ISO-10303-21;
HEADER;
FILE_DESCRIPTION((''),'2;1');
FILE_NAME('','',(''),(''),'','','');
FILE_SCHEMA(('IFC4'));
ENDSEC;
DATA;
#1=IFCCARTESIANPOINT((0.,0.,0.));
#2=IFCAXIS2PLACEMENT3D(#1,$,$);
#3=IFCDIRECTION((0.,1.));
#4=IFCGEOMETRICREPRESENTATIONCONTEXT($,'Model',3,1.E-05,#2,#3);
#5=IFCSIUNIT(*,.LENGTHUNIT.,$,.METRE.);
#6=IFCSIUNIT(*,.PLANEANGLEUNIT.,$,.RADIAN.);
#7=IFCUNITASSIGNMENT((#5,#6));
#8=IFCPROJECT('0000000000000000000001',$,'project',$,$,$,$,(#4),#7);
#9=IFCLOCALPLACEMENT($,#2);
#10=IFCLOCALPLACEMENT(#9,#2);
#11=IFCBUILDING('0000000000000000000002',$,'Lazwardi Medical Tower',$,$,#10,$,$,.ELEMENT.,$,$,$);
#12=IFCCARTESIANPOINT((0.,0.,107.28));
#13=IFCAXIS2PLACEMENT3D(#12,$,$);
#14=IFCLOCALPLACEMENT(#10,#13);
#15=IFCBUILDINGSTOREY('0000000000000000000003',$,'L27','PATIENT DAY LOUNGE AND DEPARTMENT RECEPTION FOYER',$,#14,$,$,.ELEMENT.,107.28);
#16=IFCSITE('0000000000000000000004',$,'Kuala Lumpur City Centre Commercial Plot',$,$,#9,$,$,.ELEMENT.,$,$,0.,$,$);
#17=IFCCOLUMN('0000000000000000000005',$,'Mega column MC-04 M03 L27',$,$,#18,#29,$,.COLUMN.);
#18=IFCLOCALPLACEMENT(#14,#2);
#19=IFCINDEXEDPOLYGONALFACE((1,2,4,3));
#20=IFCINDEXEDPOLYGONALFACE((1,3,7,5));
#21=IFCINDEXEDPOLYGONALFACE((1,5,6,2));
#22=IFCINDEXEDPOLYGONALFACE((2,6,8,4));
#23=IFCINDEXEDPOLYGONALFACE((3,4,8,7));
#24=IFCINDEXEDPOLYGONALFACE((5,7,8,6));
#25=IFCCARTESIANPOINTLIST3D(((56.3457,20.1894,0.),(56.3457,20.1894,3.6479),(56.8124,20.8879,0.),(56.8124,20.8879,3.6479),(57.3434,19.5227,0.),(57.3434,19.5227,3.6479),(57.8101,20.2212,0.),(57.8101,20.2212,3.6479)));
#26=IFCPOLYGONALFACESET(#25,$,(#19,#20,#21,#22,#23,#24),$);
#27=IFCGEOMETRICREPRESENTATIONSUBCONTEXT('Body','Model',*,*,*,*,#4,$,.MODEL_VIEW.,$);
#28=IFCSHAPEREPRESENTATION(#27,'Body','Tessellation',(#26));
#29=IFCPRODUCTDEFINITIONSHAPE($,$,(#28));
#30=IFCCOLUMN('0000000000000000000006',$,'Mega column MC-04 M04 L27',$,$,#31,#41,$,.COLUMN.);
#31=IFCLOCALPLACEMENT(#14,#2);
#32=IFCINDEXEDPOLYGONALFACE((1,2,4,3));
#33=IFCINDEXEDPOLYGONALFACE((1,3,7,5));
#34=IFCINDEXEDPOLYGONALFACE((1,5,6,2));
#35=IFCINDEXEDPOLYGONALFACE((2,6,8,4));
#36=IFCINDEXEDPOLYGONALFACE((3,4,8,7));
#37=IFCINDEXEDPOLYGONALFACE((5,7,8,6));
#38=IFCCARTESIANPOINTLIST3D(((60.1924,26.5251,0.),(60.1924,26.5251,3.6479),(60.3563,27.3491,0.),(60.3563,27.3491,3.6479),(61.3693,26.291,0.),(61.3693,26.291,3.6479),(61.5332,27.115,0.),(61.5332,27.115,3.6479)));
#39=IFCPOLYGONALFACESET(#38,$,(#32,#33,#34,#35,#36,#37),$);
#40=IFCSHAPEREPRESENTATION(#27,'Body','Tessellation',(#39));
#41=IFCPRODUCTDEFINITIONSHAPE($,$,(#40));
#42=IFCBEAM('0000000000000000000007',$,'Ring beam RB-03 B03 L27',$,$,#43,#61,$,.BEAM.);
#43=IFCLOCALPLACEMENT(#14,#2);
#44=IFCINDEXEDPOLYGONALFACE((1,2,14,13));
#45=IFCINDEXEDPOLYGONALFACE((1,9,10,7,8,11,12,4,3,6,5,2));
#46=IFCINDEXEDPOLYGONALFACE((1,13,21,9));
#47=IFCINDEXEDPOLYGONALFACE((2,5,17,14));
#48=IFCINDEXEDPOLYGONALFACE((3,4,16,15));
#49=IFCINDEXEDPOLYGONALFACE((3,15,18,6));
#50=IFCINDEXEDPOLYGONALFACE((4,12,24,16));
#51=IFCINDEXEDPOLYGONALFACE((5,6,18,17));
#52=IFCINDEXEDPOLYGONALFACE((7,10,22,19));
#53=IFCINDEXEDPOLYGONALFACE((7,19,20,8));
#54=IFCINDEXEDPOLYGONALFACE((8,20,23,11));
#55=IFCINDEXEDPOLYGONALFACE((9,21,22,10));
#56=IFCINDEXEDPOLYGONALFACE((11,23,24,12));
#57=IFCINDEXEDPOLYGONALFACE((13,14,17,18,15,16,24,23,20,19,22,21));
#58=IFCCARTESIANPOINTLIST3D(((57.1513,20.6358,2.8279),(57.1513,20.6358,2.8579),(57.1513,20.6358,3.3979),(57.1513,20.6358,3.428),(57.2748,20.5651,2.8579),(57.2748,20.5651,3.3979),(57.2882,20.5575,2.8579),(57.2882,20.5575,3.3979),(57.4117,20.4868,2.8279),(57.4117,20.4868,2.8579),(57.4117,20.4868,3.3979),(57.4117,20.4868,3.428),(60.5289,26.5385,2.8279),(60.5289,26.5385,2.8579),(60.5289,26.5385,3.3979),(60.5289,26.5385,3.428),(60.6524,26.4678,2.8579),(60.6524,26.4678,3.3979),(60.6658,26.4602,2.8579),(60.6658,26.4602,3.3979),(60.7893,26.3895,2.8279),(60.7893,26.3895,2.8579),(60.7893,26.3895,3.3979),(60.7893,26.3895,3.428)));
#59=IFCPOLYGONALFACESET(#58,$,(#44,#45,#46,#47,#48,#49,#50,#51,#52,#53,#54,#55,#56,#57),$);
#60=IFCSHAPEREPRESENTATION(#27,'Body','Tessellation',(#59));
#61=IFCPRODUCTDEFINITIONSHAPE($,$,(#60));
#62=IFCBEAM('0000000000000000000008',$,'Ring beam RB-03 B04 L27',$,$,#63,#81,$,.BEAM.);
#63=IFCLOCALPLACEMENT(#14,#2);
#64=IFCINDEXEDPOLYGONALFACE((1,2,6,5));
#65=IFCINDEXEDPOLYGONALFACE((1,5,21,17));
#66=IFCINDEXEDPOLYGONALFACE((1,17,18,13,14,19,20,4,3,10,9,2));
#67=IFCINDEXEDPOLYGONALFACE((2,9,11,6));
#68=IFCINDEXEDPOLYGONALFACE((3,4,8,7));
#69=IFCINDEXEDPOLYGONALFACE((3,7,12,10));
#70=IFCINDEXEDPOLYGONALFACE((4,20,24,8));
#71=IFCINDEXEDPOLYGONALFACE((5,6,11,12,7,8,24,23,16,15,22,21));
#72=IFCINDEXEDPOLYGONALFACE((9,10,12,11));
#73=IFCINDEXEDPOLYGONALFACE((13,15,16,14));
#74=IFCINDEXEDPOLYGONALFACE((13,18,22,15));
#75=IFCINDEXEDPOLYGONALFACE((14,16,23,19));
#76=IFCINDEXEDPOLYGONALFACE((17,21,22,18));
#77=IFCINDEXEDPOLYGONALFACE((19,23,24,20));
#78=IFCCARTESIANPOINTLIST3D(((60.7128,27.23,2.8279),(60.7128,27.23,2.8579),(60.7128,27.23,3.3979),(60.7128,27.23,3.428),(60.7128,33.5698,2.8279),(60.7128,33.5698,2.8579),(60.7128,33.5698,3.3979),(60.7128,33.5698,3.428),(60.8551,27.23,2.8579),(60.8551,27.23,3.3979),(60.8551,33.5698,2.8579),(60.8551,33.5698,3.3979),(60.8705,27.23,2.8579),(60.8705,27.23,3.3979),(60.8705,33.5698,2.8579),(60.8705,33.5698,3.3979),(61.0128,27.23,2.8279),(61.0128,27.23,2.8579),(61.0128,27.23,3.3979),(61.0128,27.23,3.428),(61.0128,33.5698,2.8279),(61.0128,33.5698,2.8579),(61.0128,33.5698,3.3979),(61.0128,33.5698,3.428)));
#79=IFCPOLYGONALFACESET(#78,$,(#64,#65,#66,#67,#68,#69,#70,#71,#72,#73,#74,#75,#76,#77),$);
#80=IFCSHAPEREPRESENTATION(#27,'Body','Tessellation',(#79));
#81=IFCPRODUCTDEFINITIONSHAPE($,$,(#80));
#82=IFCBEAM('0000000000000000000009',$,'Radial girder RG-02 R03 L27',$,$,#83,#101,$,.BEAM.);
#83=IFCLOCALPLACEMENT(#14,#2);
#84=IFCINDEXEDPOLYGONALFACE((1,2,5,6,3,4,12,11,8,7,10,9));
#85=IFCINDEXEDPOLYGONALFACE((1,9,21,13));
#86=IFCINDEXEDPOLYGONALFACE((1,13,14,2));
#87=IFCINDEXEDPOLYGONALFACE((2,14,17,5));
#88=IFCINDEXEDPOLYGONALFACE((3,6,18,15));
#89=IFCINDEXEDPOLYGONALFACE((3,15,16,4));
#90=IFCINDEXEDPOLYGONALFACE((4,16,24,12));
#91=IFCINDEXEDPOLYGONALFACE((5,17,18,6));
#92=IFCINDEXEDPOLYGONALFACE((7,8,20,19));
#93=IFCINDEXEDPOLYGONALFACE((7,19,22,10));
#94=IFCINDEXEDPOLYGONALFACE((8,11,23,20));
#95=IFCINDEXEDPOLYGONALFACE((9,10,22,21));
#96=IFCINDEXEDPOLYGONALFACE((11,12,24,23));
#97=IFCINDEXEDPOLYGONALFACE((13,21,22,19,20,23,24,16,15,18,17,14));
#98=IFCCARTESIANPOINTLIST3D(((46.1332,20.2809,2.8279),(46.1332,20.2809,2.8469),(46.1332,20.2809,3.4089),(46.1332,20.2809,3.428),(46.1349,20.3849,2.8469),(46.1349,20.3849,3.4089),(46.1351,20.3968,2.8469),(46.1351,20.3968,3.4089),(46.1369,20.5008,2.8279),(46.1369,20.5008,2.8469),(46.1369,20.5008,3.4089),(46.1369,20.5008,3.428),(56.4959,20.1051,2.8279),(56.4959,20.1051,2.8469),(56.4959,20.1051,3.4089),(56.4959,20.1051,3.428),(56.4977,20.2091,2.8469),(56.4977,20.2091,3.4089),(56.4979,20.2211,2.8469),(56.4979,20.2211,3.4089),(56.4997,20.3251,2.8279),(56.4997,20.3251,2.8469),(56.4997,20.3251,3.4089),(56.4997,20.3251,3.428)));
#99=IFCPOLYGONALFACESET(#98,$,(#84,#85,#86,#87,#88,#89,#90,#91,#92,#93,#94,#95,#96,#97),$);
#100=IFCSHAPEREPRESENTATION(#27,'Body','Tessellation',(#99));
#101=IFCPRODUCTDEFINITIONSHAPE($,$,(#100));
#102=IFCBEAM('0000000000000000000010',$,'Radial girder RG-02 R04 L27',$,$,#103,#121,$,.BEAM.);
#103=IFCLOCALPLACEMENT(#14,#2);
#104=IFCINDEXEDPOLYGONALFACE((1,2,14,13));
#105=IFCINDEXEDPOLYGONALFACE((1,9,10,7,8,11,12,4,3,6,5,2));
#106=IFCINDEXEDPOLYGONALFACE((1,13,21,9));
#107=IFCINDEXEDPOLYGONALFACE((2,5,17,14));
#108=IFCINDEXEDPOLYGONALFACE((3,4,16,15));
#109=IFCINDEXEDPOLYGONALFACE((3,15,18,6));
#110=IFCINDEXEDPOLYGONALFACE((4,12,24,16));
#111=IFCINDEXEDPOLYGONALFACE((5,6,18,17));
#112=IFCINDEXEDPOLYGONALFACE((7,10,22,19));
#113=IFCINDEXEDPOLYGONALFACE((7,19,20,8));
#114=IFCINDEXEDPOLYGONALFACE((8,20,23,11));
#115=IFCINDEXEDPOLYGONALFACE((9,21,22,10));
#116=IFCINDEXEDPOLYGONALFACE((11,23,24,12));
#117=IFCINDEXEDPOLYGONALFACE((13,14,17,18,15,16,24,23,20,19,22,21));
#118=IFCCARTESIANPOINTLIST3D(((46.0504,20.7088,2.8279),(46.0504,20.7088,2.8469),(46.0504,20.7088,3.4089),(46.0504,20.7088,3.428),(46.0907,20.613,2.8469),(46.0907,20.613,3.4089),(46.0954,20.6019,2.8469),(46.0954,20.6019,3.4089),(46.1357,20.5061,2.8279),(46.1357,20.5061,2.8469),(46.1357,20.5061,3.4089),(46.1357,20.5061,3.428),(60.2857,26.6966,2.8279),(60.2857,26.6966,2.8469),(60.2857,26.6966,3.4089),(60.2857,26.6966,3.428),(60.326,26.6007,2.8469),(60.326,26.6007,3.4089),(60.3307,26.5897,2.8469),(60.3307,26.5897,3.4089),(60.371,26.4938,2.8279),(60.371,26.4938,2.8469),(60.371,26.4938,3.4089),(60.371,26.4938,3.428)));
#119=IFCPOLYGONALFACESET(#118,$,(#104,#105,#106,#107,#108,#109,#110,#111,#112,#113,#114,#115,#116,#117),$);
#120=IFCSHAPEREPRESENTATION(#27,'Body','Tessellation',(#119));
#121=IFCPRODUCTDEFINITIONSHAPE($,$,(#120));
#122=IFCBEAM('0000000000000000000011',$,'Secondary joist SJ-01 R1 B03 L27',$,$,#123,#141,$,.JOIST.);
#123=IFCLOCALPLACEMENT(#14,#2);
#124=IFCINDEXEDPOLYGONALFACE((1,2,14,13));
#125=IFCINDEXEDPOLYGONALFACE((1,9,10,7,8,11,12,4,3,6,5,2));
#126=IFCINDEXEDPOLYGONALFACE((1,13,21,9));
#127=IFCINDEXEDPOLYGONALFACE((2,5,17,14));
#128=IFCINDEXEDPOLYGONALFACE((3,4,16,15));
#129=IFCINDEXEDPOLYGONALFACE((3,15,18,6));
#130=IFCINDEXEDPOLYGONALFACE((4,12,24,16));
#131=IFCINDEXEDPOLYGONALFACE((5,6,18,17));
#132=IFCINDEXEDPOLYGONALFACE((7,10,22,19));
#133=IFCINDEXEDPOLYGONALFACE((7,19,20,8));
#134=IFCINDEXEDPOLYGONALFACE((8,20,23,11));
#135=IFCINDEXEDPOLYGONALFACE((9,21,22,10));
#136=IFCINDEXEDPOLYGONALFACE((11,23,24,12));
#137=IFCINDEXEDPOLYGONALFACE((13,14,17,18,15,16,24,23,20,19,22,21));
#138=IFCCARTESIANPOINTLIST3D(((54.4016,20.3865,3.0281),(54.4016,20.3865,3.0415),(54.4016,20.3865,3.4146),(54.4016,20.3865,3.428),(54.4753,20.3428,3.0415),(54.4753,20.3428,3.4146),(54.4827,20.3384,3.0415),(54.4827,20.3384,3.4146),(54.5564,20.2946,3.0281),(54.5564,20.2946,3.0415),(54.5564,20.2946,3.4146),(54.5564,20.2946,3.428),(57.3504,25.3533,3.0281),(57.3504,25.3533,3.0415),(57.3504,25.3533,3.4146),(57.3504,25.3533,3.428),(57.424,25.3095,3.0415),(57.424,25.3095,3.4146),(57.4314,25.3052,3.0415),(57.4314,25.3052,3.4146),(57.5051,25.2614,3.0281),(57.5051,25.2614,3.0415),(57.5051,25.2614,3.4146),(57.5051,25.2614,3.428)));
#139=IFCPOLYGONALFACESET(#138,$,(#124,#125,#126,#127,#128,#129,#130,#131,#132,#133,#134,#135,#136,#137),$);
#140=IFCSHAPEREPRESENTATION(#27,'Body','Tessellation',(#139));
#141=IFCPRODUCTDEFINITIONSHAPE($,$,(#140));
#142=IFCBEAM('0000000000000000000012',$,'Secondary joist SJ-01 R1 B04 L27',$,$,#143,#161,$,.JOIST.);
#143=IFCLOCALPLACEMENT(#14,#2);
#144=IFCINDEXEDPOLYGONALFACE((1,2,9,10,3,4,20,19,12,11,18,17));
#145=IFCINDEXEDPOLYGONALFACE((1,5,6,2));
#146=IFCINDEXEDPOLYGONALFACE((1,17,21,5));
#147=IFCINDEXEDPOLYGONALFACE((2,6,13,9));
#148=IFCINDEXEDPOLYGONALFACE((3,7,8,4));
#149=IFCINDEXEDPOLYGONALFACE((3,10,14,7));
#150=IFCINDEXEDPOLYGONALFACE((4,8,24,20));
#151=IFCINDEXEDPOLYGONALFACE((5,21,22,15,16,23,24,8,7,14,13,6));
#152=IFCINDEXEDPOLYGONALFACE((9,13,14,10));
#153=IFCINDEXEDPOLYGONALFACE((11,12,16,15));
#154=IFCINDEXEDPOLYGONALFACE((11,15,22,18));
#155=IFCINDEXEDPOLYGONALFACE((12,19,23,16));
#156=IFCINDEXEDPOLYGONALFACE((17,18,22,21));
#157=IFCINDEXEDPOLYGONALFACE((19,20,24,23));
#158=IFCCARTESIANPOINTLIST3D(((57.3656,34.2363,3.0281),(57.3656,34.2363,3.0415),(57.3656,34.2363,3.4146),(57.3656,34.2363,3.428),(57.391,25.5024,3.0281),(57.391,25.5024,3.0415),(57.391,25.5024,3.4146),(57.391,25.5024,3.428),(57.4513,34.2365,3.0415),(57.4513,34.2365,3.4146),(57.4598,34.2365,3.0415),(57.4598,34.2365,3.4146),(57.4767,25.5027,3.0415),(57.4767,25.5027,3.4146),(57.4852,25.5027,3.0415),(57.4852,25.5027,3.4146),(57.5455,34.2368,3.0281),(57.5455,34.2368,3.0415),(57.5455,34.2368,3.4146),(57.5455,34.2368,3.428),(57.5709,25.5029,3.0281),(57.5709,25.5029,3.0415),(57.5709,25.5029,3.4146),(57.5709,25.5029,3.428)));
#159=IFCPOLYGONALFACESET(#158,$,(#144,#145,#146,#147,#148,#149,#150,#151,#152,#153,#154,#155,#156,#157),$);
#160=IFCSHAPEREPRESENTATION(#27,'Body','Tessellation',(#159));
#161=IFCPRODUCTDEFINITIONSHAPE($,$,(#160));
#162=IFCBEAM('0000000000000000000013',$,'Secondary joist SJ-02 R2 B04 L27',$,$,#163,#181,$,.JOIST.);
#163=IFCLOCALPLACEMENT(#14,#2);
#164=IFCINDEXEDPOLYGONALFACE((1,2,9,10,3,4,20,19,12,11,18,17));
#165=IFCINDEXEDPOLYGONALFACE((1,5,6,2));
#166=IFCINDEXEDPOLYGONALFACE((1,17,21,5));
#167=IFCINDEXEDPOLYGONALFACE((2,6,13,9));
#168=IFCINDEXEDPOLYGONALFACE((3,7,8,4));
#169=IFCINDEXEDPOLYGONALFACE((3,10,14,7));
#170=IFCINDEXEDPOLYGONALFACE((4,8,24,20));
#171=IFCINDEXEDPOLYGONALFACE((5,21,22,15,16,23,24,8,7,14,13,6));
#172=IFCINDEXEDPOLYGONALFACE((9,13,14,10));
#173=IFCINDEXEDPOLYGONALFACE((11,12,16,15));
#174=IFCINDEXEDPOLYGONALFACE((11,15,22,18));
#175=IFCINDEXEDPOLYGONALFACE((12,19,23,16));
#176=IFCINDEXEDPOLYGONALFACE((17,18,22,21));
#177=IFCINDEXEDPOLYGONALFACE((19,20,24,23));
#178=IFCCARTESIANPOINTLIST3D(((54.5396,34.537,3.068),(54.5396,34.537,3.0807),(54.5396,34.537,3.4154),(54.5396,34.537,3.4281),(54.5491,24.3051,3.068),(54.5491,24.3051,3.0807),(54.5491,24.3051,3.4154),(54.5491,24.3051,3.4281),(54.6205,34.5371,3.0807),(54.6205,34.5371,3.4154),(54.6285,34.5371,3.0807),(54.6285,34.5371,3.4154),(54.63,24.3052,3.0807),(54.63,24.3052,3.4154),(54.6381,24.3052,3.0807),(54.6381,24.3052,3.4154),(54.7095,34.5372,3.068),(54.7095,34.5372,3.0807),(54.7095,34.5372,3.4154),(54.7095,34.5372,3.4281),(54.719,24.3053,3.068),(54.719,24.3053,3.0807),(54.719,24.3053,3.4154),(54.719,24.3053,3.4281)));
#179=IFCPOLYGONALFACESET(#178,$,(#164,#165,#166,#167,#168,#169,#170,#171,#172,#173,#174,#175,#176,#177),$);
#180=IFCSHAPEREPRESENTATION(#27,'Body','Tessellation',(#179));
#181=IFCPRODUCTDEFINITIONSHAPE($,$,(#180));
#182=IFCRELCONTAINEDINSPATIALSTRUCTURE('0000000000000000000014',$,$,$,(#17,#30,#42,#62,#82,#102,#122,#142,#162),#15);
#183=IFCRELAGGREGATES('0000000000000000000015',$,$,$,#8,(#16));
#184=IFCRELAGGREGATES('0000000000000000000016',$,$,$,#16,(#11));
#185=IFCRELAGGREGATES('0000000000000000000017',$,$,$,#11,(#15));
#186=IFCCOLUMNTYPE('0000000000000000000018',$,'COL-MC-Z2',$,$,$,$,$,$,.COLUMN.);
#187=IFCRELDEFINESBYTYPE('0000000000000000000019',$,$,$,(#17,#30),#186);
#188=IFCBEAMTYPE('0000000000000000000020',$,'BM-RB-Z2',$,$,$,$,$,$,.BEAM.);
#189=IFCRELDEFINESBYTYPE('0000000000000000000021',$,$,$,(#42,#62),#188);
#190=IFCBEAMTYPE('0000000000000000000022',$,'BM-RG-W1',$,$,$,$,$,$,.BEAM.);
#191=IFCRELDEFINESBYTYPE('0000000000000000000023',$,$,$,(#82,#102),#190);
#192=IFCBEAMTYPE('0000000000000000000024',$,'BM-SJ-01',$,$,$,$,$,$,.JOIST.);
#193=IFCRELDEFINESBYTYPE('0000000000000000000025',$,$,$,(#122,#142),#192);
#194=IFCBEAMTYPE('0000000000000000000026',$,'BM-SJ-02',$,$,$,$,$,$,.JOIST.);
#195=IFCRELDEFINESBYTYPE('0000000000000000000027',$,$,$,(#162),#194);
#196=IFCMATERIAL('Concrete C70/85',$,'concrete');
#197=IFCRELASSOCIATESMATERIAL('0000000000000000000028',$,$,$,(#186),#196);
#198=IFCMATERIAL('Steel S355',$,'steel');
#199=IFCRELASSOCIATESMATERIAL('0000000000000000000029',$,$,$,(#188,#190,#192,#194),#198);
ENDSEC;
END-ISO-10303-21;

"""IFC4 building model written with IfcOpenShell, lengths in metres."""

from ifc_helpers import new_model, si_unit, direction, frame, origin, origin_2d, place, context, subcontext, project, spatial, rectangle, i_section, extrude, material, material_profile, profile_set, type_object, element, save


model = new_model("IFC4")

# Units and contexts
model_context = context("Model", 3, precision=1e-05, world=origin(), true_north=direction((0.0, 1.0)))
body_context = subcontext(model_context, "Body", "Model", "MODEL_VIEW")
ifc_project = project(units=[si_unit("LENGTHUNIT", "METRE"), si_unit("PLANEANGLEUNIT", "RADIAN")], contexts=[model_context])

# Site, building, storey
site_placement = place(None, origin())
site = spatial("IfcSite", under=ifc_project, at=site_placement, Name="Kuala Lumpur City Centre Commercial Plot", CompositionType="ELEMENT", RefElevation=0.0)
building_placement = place(site_placement, origin())
building = spatial("IfcBuilding", under=site, at=building_placement, Name="Lazwardi Medical Tower", CompositionType="ELEMENT")
storey_placement = place(building_placement, frame((0.0, 0.0, 107.28)))
storey = spatial("IfcBuildingStorey", under=building, at=storey_placement, Name="L27", Description="PATIENT DAY LOUNGE AND DEPARTMENT RECEPTION FOYER", CompositionType="ELEMENT", Elevation=107.28)

# Columns
ifc_material_1 = material(Name="Concrete C70/85", Category="concrete")
ifc_material_profile_1 = material_profile(ifc_material_1, rectangle(XDim=1.2, YDim=0.8401, at=origin_2d()), Name="CFT-RECT 1200x840")
ifc_profile_set_1 = profile_set([ifc_material_profile_1], Name="Concrete C70/85")
column_type = type_object("IfcColumnType", Name="COL-MC-Z2", PredefinedType="COLUMN", material=ifc_profile_set_1)
for number, where, z_axis, x_axis, name in (
    (1, (57.0779, 20.2053, 0.0), (0.0, 0.0, 1.0), (0.83147, -0.55557, 0.0), "Mega column MC-04 M03 L27"),
    (2, (60.8628, 26.8201, 0.0), (0.0, 0.0, 1.0), (0.980785, -0.19509, 0.0), "Mega column MC-04 M04 L27"),
):
    element("IfcColumn", number, at=place(storey_placement, frame(where, z_axis=z_axis, x_axis=x_axis)), inside=storey, type_object=column_type, Name=name, PredefinedType="COLUMN", context=body_context, shape_type="SweptSolid", body=[
        extrude(rectangle(XDim=1.2, YDim=0.8401, at=origin_2d()), origin(), (0.0, 0.0, 1.0), 3.6479),
    ])

# Beams
ifc_material_2 = material(Name="Steel S355", Category="steel")
ifc_material_profile_2 = material_profile(ifc_material_2, i_section(OverallWidth=0.3, OverallDepth=0.6001, WebThickness=0.0154, FlangeThickness=0.03, at=origin_2d()), Name="HEB 600")
ifc_profile_set_2 = profile_set([ifc_material_profile_2], Name="Steel S355")
beam_type_1 = type_object("IfcBeamType", Name="BM-RB-Z2", PredefinedType="BEAM", material=ifc_profile_set_2)
beam_1_placement = place(storey_placement, frame((57.2815, 20.5613, 3.1279), z_axis=(0.496653, 0.867949, 0.0), x_axis=(-0.867949, 0.496653, 0.0)))
element("IfcBeam", 3, at=beam_1_placement, inside=storey, type_object=beam_type_1, Name="Ring beam RB-03 B03 L27", PredefinedType="BEAM", context=body_context, shape_type="SweptSolid", body=[
    extrude(i_section(OverallWidth=0.3, OverallDepth=0.6001, WebThickness=0.0154, FlangeThickness=0.03, at=origin_2d()), origin(), (0.0, 0.0, 1.0), 6.8008),
])
beam_2_placement = place(storey_placement, frame((60.8628, 27.23, 3.1279), z_axis=(0.0, 1.0, 0.0), x_axis=(-1.0, 0.0, 0.0)))
element("IfcBeam", 4, at=beam_2_placement, inside=storey, type_object=beam_type_1, Name="Ring beam RB-03 B04 L27", PredefinedType="BEAM", context=body_context, shape_type="SweptSolid", body=[
    extrude(i_section(OverallWidth=0.3, OverallDepth=0.6001, WebThickness=0.0154, FlangeThickness=0.03, at=origin_2d()), origin(), (0.0, 0.0, 1.0), 6.3398),
])
ifc_material_profile_3 = material_profile(ifc_material_2, i_section(OverallWidth=0.22, OverallDepth=0.6001, WebThickness=0.012, FlangeThickness=0.019, at=origin_2d()), Name="IPE 600")
ifc_profile_set_3 = profile_set([ifc_material_profile_3], Name="Steel S355")
beam_type_2 = type_object("IfcBeamType", Name="BM-RG-W1", PredefinedType="BEAM", material=ifc_profile_set_3)
beam_3_placement = place(storey_placement, frame((56.4978, 20.2151, 3.1279), z_axis=(-0.999856, 0.01696, 0.0), x_axis=(-0.01696, -0.999856, 0.0)))
element("IfcBeam", 5, at=beam_3_placement, inside=storey, type_object=beam_type_2, Name="Radial girder RG-02 R03 L27", PredefinedType="BEAM", context=body_context, shape_type="SweptSolid", body=[
    extrude(i_section(OverallWidth=0.22, OverallDepth=0.6001, WebThickness=0.012, FlangeThickness=0.019, at=origin_2d()), origin(), (0.0, 0.0, 1.0), 10.3643),
])
beam_4_placement = place(storey_placement, frame((60.3284, 26.5952, 3.1279), z_axis=(-0.921775, -0.387725, 0.0), x_axis=(0.387725, -0.921775, 0.0)))
element("IfcBeam", 6, at=beam_4_placement, inside=storey, type_object=beam_type_2, Name="Radial girder RG-02 R04 L27", PredefinedType="BEAM", context=body_context, shape_type="SweptSolid", body=[
    extrude(i_section(OverallWidth=0.22, OverallDepth=0.6001, WebThickness=0.012, FlangeThickness=0.019, at=origin_2d()), origin(), (0.0, 0.0, 1.0), 15.4434),
])
ifc_material_profile_4 = material_profile(ifc_material_2, i_section(OverallWidth=0.1799, OverallDepth=0.3999, WebThickness=0.0085, FlangeThickness=0.0134, at=origin_2d()), Name="IPE 400")
ifc_profile_set_4 = profile_set([ifc_material_profile_4], Name="Steel S355")
beam_type_3 = type_object("IfcBeamType", Name="BM-SJ-01", PredefinedType="JOIST", material=ifc_profile_set_4)
beam_5_placement = place(storey_placement, frame((54.479, 20.3406, 3.228), z_axis=(0.5105, 0.859878, 0.0), x_axis=(-0.859878, 0.5105, 0.0)))
element("IfcBeam", 7, at=beam_5_placement, inside=storey, type_object=beam_type_3, Name="Secondary joist SJ-01 R1 B03 L27", PredefinedType="JOIST", context=body_context, shape_type="SweptSolid", body=[
    extrude(i_section(OverallWidth=0.1799, OverallDepth=0.3999, WebThickness=0.0085, FlangeThickness=0.0134, at=origin_2d()), origin(), (0.0, 0.0, 1.0), 5.7761),
])
beam_6_placement = place(storey_placement, frame((57.481, 25.5027, 3.228), z_axis=(-0.002907, 0.999996, 0.0), x_axis=(-0.999996, -0.002907, 0.0)))
element("IfcBeam", 8, at=beam_6_placement, inside=storey, type_object=beam_type_3, Name="Secondary joist SJ-01 R1 B04 L27", PredefinedType="JOIST", context=body_context, shape_type="SweptSolid", body=[
    extrude(i_section(OverallWidth=0.1799, OverallDepth=0.3999, WebThickness=0.0085, FlangeThickness=0.0134, at=origin_2d()), origin(), (0.0, 0.0, 1.0), 8.7339),
])
ifc_material_profile_5 = material_profile(ifc_material_2, i_section(OverallWidth=0.1699, OverallDepth=0.3601, WebThickness=0.0081, FlangeThickness=0.0127, at=origin_2d()), Name="IPE 360")
ifc_profile_set_5 = profile_set([ifc_material_profile_5], Name="Steel S355")
beam_type_4 = type_object("IfcBeamType", Name="BM-SJ-02", PredefinedType="JOIST", material=ifc_profile_set_5)
beam_7_placement = place(storey_placement, frame((54.634, 24.3052, 3.248), z_axis=(-0.000931, 1.0, 0.0), x_axis=(-1.0, -0.000931, 0.0)))
element("IfcBeam", 9, at=beam_7_placement, inside=storey, type_object=beam_type_4, Name="Secondary joist SJ-02 R2 B04 L27", PredefinedType="JOIST", context=body_context, shape_type="SweptSolid", body=[
    extrude(i_section(OverallWidth=0.1699, OverallDepth=0.3601, WebThickness=0.0081, FlangeThickness=0.0127, at=origin_2d()), origin(), (0.0, 0.0, 1.0), 10.2319),
])

save(model, "model.ifc")
